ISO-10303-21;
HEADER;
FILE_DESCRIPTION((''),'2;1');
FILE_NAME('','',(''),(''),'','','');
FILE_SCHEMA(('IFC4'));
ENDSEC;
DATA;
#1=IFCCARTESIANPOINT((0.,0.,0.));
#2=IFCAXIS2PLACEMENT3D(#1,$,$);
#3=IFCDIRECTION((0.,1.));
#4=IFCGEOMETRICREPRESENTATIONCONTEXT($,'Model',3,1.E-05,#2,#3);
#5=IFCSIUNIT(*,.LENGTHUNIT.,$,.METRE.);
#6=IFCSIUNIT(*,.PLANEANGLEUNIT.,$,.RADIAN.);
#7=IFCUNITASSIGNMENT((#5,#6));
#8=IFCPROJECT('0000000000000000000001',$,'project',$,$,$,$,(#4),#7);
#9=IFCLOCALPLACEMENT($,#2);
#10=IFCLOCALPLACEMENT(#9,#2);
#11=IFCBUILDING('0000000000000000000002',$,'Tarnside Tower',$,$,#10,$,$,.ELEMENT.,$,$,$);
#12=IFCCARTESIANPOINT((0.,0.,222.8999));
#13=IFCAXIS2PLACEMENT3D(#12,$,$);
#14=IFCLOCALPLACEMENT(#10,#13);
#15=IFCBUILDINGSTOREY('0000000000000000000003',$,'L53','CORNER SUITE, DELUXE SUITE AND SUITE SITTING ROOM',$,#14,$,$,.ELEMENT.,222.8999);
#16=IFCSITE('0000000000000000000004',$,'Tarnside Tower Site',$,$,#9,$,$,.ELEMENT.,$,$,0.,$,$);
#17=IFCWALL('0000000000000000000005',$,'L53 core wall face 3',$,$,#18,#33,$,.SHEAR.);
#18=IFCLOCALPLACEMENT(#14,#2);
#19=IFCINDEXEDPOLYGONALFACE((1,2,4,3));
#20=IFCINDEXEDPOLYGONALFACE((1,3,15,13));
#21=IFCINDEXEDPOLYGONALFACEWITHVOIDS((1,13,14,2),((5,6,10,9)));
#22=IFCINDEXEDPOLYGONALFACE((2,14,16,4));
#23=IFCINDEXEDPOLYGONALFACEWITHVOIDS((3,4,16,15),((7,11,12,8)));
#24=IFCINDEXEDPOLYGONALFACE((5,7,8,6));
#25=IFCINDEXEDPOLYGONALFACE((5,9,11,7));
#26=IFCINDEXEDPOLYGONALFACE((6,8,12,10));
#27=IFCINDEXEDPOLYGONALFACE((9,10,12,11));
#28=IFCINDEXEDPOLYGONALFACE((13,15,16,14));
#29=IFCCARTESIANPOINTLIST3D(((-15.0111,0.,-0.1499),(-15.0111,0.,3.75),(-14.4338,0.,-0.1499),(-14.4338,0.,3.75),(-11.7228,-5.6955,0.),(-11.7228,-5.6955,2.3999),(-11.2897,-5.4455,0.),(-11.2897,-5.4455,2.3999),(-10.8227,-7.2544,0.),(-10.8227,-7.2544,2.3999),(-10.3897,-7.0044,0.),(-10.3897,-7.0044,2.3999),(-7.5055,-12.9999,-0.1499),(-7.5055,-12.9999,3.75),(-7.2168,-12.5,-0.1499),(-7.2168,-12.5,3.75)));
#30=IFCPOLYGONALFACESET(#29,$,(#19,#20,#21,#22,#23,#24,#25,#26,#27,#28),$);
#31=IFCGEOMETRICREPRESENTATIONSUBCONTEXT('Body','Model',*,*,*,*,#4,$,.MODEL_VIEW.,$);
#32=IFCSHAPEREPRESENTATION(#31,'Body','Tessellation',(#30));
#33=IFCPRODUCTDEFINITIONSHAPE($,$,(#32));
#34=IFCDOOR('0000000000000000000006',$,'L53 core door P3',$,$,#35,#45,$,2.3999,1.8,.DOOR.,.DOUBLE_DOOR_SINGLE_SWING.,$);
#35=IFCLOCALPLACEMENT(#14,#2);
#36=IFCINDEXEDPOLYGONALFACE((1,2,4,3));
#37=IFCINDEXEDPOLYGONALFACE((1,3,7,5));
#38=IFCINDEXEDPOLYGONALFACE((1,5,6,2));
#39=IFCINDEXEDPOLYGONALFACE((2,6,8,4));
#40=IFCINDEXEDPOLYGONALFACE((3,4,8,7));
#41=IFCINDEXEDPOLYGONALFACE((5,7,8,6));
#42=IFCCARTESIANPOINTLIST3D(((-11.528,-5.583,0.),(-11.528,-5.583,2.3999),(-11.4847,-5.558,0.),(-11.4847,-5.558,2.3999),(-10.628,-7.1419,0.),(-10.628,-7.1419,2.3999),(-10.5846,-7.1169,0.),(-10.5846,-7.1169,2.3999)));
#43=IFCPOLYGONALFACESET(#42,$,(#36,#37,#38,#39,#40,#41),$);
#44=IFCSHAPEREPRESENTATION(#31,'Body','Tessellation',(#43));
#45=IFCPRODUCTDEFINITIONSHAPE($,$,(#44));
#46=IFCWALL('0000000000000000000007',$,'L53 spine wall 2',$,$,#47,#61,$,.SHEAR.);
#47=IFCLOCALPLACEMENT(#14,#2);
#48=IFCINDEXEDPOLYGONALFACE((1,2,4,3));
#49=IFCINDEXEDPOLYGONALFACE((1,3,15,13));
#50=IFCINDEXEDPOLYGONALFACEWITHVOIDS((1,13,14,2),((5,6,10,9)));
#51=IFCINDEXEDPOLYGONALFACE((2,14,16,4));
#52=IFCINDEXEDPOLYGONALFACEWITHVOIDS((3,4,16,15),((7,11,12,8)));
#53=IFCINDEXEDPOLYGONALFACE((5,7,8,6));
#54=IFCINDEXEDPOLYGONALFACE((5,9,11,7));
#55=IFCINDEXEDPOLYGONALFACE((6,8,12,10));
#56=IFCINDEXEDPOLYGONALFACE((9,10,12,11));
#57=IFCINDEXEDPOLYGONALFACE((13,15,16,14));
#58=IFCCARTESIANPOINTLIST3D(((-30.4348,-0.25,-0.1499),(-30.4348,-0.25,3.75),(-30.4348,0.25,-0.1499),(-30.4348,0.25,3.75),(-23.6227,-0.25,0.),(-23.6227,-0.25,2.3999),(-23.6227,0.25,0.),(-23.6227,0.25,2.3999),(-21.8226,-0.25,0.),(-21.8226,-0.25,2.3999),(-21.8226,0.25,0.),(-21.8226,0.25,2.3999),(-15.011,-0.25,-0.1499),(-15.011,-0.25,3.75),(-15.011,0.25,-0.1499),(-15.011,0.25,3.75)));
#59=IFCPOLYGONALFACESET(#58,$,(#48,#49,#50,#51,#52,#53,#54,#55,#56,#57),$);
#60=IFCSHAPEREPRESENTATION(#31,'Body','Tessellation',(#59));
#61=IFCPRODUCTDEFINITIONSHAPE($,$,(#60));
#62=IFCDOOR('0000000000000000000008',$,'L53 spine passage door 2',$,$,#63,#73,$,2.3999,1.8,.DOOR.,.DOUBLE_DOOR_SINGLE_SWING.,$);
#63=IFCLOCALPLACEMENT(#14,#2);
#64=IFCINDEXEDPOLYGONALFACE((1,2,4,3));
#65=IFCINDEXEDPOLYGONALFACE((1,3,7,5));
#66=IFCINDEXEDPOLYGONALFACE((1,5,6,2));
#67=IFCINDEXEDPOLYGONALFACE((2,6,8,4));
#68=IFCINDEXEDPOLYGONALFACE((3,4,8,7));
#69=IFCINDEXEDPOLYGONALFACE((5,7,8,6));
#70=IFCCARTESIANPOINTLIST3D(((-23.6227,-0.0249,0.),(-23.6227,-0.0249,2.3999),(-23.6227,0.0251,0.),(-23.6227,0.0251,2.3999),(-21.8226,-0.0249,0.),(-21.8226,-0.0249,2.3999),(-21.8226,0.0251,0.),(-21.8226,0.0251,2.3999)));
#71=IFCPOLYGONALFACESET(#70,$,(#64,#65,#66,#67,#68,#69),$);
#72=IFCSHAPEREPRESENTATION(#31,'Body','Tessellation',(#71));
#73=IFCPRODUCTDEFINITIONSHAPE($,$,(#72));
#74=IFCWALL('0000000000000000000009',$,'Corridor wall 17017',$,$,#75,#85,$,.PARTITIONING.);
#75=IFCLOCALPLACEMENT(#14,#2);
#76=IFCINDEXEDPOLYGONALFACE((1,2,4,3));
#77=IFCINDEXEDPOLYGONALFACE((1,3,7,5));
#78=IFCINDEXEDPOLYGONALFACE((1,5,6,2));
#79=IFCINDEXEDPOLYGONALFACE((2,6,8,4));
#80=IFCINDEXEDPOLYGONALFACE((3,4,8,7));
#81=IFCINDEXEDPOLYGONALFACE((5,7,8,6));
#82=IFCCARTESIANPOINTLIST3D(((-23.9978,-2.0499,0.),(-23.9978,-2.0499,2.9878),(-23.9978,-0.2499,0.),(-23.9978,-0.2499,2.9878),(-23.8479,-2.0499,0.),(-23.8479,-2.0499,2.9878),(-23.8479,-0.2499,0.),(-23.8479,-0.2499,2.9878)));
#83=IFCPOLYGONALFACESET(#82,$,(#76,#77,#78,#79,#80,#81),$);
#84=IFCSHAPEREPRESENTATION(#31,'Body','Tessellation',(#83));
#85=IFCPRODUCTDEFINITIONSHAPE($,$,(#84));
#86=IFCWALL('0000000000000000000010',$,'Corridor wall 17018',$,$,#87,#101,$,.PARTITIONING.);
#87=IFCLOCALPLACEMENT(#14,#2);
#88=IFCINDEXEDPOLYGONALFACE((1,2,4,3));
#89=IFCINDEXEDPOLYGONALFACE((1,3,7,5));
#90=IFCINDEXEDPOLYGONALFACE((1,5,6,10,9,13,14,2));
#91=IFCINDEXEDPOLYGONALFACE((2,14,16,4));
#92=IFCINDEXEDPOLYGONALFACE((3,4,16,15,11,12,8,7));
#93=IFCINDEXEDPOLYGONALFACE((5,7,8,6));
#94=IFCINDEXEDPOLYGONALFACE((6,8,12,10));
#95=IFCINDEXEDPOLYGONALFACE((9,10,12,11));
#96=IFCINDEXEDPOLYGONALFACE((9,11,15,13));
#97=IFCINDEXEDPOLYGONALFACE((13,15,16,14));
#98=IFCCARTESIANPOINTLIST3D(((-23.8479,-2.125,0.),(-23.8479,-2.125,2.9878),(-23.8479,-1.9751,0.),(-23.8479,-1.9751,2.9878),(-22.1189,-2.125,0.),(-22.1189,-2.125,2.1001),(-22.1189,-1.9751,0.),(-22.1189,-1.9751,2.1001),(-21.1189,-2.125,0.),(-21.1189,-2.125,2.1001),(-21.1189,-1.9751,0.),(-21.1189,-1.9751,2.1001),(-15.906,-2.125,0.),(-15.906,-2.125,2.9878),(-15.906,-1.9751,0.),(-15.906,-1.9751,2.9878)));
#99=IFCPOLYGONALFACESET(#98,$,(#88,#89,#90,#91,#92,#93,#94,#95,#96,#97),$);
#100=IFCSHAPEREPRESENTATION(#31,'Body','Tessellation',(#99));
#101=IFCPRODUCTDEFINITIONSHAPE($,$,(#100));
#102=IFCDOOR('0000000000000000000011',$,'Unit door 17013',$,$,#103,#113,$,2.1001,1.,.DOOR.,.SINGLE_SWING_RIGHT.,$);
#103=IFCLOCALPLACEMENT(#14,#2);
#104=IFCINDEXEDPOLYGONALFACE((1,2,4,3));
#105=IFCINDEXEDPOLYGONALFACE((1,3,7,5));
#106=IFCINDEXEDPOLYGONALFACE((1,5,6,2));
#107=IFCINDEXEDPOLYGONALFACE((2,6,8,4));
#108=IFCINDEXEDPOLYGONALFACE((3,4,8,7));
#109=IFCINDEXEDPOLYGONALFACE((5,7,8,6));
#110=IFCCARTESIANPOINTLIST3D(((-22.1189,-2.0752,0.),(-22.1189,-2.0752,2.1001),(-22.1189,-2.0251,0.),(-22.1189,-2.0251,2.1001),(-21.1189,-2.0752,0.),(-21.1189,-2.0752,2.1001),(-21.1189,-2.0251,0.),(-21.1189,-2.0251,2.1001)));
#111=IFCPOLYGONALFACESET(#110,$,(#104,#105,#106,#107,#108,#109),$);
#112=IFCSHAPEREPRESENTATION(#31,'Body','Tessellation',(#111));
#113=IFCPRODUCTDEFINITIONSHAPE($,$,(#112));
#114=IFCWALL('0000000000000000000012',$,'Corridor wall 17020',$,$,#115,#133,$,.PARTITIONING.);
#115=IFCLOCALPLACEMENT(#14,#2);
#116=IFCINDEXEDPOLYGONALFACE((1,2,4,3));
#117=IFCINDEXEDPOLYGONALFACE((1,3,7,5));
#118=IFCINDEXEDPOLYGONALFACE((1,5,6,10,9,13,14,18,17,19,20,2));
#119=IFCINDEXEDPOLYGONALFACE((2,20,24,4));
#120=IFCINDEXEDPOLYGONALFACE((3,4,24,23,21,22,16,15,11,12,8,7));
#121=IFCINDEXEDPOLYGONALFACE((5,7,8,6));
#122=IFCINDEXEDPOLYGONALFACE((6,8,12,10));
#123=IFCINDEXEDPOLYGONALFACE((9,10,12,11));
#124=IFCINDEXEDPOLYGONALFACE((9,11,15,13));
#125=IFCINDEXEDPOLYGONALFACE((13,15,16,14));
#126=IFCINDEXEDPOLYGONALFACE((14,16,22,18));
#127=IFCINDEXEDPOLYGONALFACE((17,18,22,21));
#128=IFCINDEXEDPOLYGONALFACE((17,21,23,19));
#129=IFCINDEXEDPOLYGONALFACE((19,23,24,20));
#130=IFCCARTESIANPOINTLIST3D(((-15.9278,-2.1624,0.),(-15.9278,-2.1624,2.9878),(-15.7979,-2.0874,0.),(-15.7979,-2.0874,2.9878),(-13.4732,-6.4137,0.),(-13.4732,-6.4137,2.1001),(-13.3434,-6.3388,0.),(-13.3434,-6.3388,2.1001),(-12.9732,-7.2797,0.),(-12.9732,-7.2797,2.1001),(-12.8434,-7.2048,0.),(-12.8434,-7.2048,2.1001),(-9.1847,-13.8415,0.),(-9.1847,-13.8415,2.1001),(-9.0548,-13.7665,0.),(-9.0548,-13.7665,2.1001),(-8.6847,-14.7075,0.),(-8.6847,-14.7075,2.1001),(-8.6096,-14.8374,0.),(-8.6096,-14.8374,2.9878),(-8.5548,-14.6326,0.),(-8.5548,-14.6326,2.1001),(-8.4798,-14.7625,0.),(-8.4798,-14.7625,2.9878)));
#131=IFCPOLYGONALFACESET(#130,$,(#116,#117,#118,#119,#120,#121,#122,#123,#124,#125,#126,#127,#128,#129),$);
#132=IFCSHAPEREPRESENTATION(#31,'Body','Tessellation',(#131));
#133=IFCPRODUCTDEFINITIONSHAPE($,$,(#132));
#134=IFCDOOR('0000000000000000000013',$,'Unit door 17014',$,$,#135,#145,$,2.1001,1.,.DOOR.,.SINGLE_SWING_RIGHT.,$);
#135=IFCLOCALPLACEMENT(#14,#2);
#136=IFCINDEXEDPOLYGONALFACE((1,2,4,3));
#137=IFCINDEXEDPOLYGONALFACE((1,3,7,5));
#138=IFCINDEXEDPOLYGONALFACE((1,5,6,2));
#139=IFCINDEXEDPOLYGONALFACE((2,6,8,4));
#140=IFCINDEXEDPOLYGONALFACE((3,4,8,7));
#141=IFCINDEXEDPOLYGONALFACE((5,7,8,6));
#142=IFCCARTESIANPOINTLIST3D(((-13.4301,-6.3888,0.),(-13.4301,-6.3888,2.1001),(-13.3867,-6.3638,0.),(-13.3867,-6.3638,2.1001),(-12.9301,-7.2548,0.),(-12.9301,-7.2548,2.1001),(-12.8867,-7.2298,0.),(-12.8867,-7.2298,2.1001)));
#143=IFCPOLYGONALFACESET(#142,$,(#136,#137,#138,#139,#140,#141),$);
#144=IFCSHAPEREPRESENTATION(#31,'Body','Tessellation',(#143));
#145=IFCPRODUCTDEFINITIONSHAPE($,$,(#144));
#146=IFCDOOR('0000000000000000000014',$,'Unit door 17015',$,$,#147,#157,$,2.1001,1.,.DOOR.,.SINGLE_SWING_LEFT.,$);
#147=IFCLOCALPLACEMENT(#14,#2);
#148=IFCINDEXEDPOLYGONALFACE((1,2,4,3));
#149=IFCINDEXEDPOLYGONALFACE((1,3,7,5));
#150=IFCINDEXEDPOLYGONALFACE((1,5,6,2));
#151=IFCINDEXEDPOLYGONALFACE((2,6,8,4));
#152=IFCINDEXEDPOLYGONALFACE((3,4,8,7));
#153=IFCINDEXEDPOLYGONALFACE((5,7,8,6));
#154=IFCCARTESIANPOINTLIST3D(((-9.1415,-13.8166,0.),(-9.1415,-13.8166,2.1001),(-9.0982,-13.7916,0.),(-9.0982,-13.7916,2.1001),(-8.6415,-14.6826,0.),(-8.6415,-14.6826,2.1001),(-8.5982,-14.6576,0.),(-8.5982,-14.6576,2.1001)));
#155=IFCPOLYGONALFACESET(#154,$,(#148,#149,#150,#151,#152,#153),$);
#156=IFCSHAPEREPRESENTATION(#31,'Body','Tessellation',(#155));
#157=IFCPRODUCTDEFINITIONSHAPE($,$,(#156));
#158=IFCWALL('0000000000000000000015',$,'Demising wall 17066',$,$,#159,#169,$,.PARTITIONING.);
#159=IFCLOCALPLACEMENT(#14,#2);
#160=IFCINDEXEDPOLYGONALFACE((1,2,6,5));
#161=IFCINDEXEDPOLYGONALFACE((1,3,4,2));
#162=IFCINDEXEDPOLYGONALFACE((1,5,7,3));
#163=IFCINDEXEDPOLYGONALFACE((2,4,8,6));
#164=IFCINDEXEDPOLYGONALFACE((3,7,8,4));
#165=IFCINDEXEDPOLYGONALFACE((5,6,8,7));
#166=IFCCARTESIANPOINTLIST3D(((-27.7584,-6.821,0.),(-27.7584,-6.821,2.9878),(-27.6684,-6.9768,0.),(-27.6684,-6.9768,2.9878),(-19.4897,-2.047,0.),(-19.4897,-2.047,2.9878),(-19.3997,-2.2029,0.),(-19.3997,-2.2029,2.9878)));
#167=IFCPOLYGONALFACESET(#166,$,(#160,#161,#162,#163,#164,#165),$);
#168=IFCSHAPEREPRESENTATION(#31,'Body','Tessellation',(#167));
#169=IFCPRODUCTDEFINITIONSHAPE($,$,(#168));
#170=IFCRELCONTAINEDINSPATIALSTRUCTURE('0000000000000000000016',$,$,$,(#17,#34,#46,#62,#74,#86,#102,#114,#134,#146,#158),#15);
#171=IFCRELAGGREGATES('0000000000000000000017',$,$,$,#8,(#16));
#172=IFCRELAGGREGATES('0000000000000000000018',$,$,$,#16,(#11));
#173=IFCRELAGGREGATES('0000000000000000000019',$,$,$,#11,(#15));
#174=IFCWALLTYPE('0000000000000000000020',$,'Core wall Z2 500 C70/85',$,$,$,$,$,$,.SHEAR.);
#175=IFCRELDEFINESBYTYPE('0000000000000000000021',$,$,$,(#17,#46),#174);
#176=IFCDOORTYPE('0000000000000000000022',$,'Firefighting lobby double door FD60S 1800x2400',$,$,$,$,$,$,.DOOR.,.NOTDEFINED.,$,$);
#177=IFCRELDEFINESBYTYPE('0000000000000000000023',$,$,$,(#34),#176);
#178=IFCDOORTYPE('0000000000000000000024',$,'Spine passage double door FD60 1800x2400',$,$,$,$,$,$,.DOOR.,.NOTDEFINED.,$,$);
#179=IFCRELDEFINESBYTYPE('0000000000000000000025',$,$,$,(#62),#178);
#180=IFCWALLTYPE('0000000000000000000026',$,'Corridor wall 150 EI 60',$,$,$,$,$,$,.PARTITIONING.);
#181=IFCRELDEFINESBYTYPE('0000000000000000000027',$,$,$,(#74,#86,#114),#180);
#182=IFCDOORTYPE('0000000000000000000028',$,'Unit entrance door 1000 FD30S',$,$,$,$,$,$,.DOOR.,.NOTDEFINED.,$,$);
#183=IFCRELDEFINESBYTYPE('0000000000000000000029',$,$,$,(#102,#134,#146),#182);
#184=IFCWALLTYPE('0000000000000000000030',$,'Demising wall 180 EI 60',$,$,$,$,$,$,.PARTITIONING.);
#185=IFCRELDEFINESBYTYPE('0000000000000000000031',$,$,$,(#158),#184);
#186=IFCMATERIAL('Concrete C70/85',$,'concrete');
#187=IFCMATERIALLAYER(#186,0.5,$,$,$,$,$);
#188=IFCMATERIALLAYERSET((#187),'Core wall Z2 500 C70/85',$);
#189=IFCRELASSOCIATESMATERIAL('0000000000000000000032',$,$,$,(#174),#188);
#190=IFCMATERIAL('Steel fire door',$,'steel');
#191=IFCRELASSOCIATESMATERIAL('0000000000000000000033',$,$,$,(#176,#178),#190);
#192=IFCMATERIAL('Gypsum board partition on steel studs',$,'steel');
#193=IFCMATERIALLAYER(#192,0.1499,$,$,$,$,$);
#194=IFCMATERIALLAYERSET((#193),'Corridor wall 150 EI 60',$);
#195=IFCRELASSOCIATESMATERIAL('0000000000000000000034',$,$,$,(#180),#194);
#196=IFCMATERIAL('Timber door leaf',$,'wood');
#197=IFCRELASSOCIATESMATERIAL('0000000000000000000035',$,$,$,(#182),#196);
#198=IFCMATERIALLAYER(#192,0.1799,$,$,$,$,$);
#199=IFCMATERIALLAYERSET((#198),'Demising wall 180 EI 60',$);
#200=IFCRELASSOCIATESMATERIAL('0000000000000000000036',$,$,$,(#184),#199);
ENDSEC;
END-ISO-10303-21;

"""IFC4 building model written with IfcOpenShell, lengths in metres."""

from ifc_helpers import new_model, si_unit, direction, frame, frame_2d, origin, place, context, subcontext, project, spatial, polyline, rectangle, outline, extrude, material, layer, layer_set, type_object, element, fill, save


model = new_model("IFC4")

# Units and contexts
model_context = context("Model", 3, precision=1e-05, world=origin(), true_north=direction((0.0, 1.0)))
body_context = subcontext(model_context, "Body", "Model", "MODEL_VIEW")
ifc_project = project(units=[si_unit("LENGTHUNIT", "METRE"), si_unit("PLANEANGLEUNIT", "RADIAN")], contexts=[model_context])

# Site, building, storey
site_placement = place(None, origin())
site = spatial("IfcSite", under=ifc_project, at=site_placement, Name="Tarnside Tower Site", CompositionType="ELEMENT", RefElevation=0.0)
building_placement = place(site_placement, origin())
building = spatial("IfcBuilding", under=site, at=building_placement, Name="Tarnside Tower", CompositionType="ELEMENT")
storey_placement = place(building_placement, frame((0.0, 0.0, 222.8999)))
storey = spatial("IfcBuildingStorey", under=building, at=storey_placement, Name="L53", Description="CORNER SUITE, DELUXE SUITE AND SUITE SITTING ROOM", CompositionType="ELEMENT", Elevation=222.8999)

# Walls, openings, doors
ifc_material_1 = material(Name="Concrete C70/85", Category="concrete")
ifc_layer_1 = layer(ifc_material_1, 0.5)
ifc_layer_set_1 = layer_set([ifc_layer_1], Name="Core wall Z2 500 C70/85")
wall_type_1 = type_object("IfcWallType", Name="Core wall Z2 500 C70/85", PredefinedType="SHEAR", material=ifc_layer_set_1)
wall_1_placement = place(storey_placement, frame((-14.7224, 0.0, -0.1499), z_axis=(0.0, 0.0, 1.0), x_axis=(0.500006, -0.866022, 0.0)))
wall_1 = element("IfcWall", 1, at=wall_1_placement, inside=storey, type_object=wall_type_1, Name="L53 core wall face 3", PredefinedType="SHEAR", context=body_context, shape_type="SweptSolid", body=[
    extrude(outline(polyline([(-0.1443, -0.25), (14.8667, -0.25), (14.5781, 0.25), (0.1443, 0.25), (-0.1443, -0.25)])), origin(), (0.0, 0.0, 1.0), 3.8999),
])
opening_1_placement = place(wall_1_placement, frame((6.4324, 0.0, 0.1499)))
opening_1 = element("IfcOpeningElement", 2, at=opening_1_placement, cuts=wall_1, PredefinedType="OPENING", context=body_context, shape_type="SweptSolid", body=[
    extrude(rectangle(XDim=1.8, YDim=2.3999, at=frame_2d((0.8999, 1.2))), frame((0.0, 0.26, 0.0), z_axis=(0.0, -1.0, 0.0), x_axis=(1.0, 0.0, 0.0)), (0.0, 0.0, 1.0), 0.52),
])
ifc_material_2 = material(Name="Steel fire door", Category="steel")
door_type_1 = type_object("IfcDoorType", Name="Firefighting lobby double door FD60S 1800x2400", OperationType="NOTDEFINED", PredefinedType="DOOR", material=ifc_material_2)
door_1_placement = place(opening_1_placement, origin())
door_1 = element("IfcDoor", 3, at=door_1_placement, inside=storey, type_object=door_type_1, Name="L53 core door P3", OperationType="DOUBLE_DOOR_SINGLE_SWING", OverallHeight=2.3999, OverallWidth=1.8, PredefinedType="DOOR", context=body_context, shape_type="SweptSolid", body=[
    extrude(rectangle(XDim=1.8, YDim=2.3999, at=frame_2d((0.8999, 1.2))), frame((0.0, 0.0249, 0.0), z_axis=(0.0, -1.0, 0.0), x_axis=(1.0, 0.0, 0.0)), (0.0, 0.0, 1.0), 0.05),
])
fill(opening_1, door_1)
wall_2_placement = place(storey_placement, frame((-15.011, 0.0, -0.1499), z_axis=(0.0, 0.0, 1.0), x_axis=(-1.0, 0.0, 0.0)))
wall_2 = element("IfcWall", 4, at=wall_2_placement, inside=storey, type_object=wall_type_1, Name="L53 spine wall 2", PredefinedType="SHEAR", context=body_context, shape_type="SweptSolid", body=[
    extrude(rectangle(XDim=15.4238, YDim=0.5, at=frame_2d((7.7119, 0.0))), origin(), (0.0, 0.0, 1.0), 3.8999),
])
opening_2_placement = place(wall_2_placement, frame((6.8118, 0.0, 0.1499)))
opening_2 = element("IfcOpeningElement", 5, at=opening_2_placement, cuts=wall_2, PredefinedType="OPENING", context=body_context, shape_type="SweptSolid", body=[
    extrude(rectangle(XDim=1.8, YDim=2.3999, at=frame_2d((0.8999, 1.2))), frame((0.0, 0.26, 0.0), z_axis=(0.0, -1.0, 0.0), x_axis=(1.0, 0.0, 0.0)), (0.0, 0.0, 1.0), 0.52),
])
door_type_2 = type_object("IfcDoorType", Name="Spine passage double door FD60 1800x2400", OperationType="NOTDEFINED", PredefinedType="DOOR", material=ifc_material_2)
door_2_placement = place(opening_2_placement, origin())
door_2 = element("IfcDoor", 6, at=door_2_placement, inside=storey, type_object=door_type_2, Name="L53 spine passage door 2", OperationType="DOUBLE_DOOR_SINGLE_SWING", OverallHeight=2.3999, OverallWidth=1.8, PredefinedType="DOOR", context=body_context, shape_type="SweptSolid", body=[
    extrude(rectangle(XDim=1.8, YDim=2.3999, at=frame_2d((0.8999, 1.2))), frame((0.0, 0.0249, 0.0), z_axis=(0.0, -1.0, 0.0), x_axis=(1.0, 0.0, 0.0)), (0.0, 0.0, 1.0), 0.05),
])
fill(opening_2, door_2)

# Wall
ifc_material_3 = material(Name="Gypsum board partition on steel studs", Category="steel")
ifc_layer_2 = layer(ifc_material_3, 0.1499)
ifc_layer_set_2 = layer_set([ifc_layer_2], Name="Corridor wall 150 EI 60")
wall_type_2 = type_object("IfcWallType", Name="Corridor wall 150 EI 60", PredefinedType="PARTITIONING", material=ifc_layer_set_2)
wall_3_placement = place(storey_placement, frame((-23.9229, -0.25, 0.0), z_axis=(0.0, 0.0, 1.0), x_axis=(0.0, -1.0, 0.0)))
element("IfcWall", 7, at=wall_3_placement, inside=storey, type_object=wall_type_2, Name="Corridor wall 17017", PredefinedType="PARTITIONING", context=body_context, shape_type="SweptSolid", body=[
    extrude(rectangle(XDim=1.8, YDim=0.1499, at=frame_2d((0.8999, 0.0))), origin(), (0.0, 0.0, 1.0), 2.9878),
])

# Wall, opening, door
wall_4_placement = place(storey_placement, frame((-23.8479, -2.05, 0.0), z_axis=(0.0, 0.0, 1.0), x_axis=(1.0, 0.0, 0.0)))
wall_4 = element("IfcWall", 8, at=wall_4_placement, inside=storey, type_object=wall_type_2, Name="Corridor wall 17018", PredefinedType="PARTITIONING", context=body_context, shape_type="SweptSolid", body=[
    extrude(rectangle(XDim=7.9419, YDim=0.1499, at=frame_2d((3.9709, 0.0))), origin(), (0.0, 0.0, 1.0), 2.9878),
])
opening_3_placement = place(wall_4_placement, frame((1.729, 0.0, 0.0)))
opening_3 = element("IfcOpeningElement", 9, at=opening_3_placement, cuts=wall_4, PredefinedType="OPENING", context=body_context, shape_type="SweptSolid", body=[
    extrude(rectangle(XDim=1.0, YDim=2.1001, at=frame_2d((0.5, 1.05))), frame((0.0, 0.085, 0.0), z_axis=(0.0, -1.0, 0.0), x_axis=(1.0, 0.0, 0.0)), (0.0, 0.0, 1.0), 0.1699),
])
ifc_material_4 = material(Name="Timber door leaf", Category="wood")
door_type_3 = type_object("IfcDoorType", Name="Unit entrance door 1000 FD30S", OperationType="NOTDEFINED", PredefinedType="DOOR", material=ifc_material_4)
door_3_placement = place(opening_3_placement, origin())
door_3 = element("IfcDoor", 10, at=door_3_placement, inside=storey, type_object=door_type_3, Name="Unit door 17013", OperationType="SINGLE_SWING_RIGHT", OverallHeight=2.1001, OverallWidth=1.0, PredefinedType="DOOR", context=body_context, shape_type="SweptSolid", body=[
    extrude(rectangle(XDim=1.0, YDim=2.1001, at=frame_2d((0.5, 1.05))), frame((0.0, 0.0249, 0.0), z_axis=(0.0, -1.0, 0.0), x_axis=(1.0, 0.0, 0.0)), (0.0, 0.0, 1.0), 0.05),
])
fill(opening_3, door_3)

# Wall, openings, doors
wall_5_placement = place(storey_placement, frame((-15.8628, -2.125, 0.0), z_axis=(0.0, 0.0, 1.0), x_axis=(0.500009, -0.86602, 0.0)))
wall_5 = element("IfcWall", 11, at=wall_5_placement, inside=storey, type_object=wall_type_2, Name="Corridor wall 17020", PredefinedType="PARTITIONING", context=body_context, shape_type="SweptSolid", body=[
    extrude(rectangle(XDim=14.636, YDim=0.1499, at=frame_2d((7.3179, 0.0))), origin(), (0.0, 0.0, 1.0), 2.9878),
])
opening_4_placement = place(wall_5_placement, frame((4.9089, 0.0, 0.0)))
opening_4 = element("IfcOpeningElement", 12, at=opening_4_placement, cuts=wall_5, PredefinedType="OPENING", context=body_context, shape_type="SweptSolid", body=[
    extrude(rectangle(XDim=1.0, YDim=2.1001, at=frame_2d((0.5, 1.05))), frame((0.0, 0.085, 0.0), z_axis=(0.0, -1.0, 0.0), x_axis=(1.0, 0.0, 0.0)), (0.0, 0.0, 1.0), 0.1699),
])
opening_5_placement = place(wall_5_placement, frame((13.4858, 0.0, 0.0)))
opening_5 = element("IfcOpeningElement", 13, at=opening_5_placement, cuts=wall_5, PredefinedType="OPENING", context=body_context, shape_type="SweptSolid", body=[
    extrude(rectangle(XDim=1.0, YDim=2.1001, at=frame_2d((0.5, 1.05))), frame((0.0, 0.085, 0.0), z_axis=(0.0, -1.0, 0.0), x_axis=(1.0, 0.0, 0.0)), (0.0, 0.0, 1.0), 0.1699),
])
door_4_placement = place(opening_4_placement, origin())
door_4 = element("IfcDoor", 14, at=door_4_placement, inside=storey, type_object=door_type_3, Name="Unit door 17014", OperationType="SINGLE_SWING_RIGHT", OverallHeight=2.1001, OverallWidth=1.0, PredefinedType="DOOR", context=body_context, shape_type="SweptSolid", body=[
    extrude(rectangle(XDim=1.0, YDim=2.1001, at=frame_2d((0.5, 1.05))), frame((0.0, 0.0249, 0.0), z_axis=(0.0, -1.0, 0.0), x_axis=(1.0, 0.0, 0.0)), (0.0, 0.0, 1.0), 0.05),
])
fill(opening_4, door_4)
door_5_placement = place(opening_5_placement, origin())
door_5 = element("IfcDoor", 15, at=door_5_placement, inside=storey, type_object=door_type_3, Name="Unit door 17015", OperationType="SINGLE_SWING_LEFT", OverallHeight=2.1001, OverallWidth=1.0, PredefinedType="DOOR", context=body_context, shape_type="SweptSolid", body=[
    extrude(rectangle(XDim=1.0, YDim=2.1001, at=frame_2d((0.5, 1.05))), frame((0.0, 0.0249, 0.0), z_axis=(0.0, -1.0, 0.0), x_axis=(1.0, 0.0, 0.0)), (0.0, 0.0, 1.0), 0.05),
])
fill(opening_5, door_5)

# Wall
ifc_layer_3 = layer(ifc_material_3, 0.1799)
ifc_layer_set_3 = layer_set([ifc_layer_3], Name="Demising wall 180 EI 60")
wall_type_3 = type_object("IfcWallType", Name="Demising wall 180 EI 60", PredefinedType="PARTITIONING", material=ifc_layer_set_3)
wall_6_placement = place(storey_placement, frame((-27.7134, -6.8989, 0.0), z_axis=(0.0, 0.0, 1.0), x_axis=(0.866022, 0.500006, 0.0)))
element("IfcWall", 16, at=wall_6_placement, inside=storey, type_object=wall_type_3, Name="Demising wall 17066", PredefinedType="PARTITIONING", context=body_context, shape_type="SweptSolid", body=[
    extrude(rectangle(XDim=9.5479, YDim=0.1799, at=frame_2d((4.7739, 0.0))), origin(), (0.0, 0.0, 1.0), 2.9878),
])

save(model, "model.ifc")
